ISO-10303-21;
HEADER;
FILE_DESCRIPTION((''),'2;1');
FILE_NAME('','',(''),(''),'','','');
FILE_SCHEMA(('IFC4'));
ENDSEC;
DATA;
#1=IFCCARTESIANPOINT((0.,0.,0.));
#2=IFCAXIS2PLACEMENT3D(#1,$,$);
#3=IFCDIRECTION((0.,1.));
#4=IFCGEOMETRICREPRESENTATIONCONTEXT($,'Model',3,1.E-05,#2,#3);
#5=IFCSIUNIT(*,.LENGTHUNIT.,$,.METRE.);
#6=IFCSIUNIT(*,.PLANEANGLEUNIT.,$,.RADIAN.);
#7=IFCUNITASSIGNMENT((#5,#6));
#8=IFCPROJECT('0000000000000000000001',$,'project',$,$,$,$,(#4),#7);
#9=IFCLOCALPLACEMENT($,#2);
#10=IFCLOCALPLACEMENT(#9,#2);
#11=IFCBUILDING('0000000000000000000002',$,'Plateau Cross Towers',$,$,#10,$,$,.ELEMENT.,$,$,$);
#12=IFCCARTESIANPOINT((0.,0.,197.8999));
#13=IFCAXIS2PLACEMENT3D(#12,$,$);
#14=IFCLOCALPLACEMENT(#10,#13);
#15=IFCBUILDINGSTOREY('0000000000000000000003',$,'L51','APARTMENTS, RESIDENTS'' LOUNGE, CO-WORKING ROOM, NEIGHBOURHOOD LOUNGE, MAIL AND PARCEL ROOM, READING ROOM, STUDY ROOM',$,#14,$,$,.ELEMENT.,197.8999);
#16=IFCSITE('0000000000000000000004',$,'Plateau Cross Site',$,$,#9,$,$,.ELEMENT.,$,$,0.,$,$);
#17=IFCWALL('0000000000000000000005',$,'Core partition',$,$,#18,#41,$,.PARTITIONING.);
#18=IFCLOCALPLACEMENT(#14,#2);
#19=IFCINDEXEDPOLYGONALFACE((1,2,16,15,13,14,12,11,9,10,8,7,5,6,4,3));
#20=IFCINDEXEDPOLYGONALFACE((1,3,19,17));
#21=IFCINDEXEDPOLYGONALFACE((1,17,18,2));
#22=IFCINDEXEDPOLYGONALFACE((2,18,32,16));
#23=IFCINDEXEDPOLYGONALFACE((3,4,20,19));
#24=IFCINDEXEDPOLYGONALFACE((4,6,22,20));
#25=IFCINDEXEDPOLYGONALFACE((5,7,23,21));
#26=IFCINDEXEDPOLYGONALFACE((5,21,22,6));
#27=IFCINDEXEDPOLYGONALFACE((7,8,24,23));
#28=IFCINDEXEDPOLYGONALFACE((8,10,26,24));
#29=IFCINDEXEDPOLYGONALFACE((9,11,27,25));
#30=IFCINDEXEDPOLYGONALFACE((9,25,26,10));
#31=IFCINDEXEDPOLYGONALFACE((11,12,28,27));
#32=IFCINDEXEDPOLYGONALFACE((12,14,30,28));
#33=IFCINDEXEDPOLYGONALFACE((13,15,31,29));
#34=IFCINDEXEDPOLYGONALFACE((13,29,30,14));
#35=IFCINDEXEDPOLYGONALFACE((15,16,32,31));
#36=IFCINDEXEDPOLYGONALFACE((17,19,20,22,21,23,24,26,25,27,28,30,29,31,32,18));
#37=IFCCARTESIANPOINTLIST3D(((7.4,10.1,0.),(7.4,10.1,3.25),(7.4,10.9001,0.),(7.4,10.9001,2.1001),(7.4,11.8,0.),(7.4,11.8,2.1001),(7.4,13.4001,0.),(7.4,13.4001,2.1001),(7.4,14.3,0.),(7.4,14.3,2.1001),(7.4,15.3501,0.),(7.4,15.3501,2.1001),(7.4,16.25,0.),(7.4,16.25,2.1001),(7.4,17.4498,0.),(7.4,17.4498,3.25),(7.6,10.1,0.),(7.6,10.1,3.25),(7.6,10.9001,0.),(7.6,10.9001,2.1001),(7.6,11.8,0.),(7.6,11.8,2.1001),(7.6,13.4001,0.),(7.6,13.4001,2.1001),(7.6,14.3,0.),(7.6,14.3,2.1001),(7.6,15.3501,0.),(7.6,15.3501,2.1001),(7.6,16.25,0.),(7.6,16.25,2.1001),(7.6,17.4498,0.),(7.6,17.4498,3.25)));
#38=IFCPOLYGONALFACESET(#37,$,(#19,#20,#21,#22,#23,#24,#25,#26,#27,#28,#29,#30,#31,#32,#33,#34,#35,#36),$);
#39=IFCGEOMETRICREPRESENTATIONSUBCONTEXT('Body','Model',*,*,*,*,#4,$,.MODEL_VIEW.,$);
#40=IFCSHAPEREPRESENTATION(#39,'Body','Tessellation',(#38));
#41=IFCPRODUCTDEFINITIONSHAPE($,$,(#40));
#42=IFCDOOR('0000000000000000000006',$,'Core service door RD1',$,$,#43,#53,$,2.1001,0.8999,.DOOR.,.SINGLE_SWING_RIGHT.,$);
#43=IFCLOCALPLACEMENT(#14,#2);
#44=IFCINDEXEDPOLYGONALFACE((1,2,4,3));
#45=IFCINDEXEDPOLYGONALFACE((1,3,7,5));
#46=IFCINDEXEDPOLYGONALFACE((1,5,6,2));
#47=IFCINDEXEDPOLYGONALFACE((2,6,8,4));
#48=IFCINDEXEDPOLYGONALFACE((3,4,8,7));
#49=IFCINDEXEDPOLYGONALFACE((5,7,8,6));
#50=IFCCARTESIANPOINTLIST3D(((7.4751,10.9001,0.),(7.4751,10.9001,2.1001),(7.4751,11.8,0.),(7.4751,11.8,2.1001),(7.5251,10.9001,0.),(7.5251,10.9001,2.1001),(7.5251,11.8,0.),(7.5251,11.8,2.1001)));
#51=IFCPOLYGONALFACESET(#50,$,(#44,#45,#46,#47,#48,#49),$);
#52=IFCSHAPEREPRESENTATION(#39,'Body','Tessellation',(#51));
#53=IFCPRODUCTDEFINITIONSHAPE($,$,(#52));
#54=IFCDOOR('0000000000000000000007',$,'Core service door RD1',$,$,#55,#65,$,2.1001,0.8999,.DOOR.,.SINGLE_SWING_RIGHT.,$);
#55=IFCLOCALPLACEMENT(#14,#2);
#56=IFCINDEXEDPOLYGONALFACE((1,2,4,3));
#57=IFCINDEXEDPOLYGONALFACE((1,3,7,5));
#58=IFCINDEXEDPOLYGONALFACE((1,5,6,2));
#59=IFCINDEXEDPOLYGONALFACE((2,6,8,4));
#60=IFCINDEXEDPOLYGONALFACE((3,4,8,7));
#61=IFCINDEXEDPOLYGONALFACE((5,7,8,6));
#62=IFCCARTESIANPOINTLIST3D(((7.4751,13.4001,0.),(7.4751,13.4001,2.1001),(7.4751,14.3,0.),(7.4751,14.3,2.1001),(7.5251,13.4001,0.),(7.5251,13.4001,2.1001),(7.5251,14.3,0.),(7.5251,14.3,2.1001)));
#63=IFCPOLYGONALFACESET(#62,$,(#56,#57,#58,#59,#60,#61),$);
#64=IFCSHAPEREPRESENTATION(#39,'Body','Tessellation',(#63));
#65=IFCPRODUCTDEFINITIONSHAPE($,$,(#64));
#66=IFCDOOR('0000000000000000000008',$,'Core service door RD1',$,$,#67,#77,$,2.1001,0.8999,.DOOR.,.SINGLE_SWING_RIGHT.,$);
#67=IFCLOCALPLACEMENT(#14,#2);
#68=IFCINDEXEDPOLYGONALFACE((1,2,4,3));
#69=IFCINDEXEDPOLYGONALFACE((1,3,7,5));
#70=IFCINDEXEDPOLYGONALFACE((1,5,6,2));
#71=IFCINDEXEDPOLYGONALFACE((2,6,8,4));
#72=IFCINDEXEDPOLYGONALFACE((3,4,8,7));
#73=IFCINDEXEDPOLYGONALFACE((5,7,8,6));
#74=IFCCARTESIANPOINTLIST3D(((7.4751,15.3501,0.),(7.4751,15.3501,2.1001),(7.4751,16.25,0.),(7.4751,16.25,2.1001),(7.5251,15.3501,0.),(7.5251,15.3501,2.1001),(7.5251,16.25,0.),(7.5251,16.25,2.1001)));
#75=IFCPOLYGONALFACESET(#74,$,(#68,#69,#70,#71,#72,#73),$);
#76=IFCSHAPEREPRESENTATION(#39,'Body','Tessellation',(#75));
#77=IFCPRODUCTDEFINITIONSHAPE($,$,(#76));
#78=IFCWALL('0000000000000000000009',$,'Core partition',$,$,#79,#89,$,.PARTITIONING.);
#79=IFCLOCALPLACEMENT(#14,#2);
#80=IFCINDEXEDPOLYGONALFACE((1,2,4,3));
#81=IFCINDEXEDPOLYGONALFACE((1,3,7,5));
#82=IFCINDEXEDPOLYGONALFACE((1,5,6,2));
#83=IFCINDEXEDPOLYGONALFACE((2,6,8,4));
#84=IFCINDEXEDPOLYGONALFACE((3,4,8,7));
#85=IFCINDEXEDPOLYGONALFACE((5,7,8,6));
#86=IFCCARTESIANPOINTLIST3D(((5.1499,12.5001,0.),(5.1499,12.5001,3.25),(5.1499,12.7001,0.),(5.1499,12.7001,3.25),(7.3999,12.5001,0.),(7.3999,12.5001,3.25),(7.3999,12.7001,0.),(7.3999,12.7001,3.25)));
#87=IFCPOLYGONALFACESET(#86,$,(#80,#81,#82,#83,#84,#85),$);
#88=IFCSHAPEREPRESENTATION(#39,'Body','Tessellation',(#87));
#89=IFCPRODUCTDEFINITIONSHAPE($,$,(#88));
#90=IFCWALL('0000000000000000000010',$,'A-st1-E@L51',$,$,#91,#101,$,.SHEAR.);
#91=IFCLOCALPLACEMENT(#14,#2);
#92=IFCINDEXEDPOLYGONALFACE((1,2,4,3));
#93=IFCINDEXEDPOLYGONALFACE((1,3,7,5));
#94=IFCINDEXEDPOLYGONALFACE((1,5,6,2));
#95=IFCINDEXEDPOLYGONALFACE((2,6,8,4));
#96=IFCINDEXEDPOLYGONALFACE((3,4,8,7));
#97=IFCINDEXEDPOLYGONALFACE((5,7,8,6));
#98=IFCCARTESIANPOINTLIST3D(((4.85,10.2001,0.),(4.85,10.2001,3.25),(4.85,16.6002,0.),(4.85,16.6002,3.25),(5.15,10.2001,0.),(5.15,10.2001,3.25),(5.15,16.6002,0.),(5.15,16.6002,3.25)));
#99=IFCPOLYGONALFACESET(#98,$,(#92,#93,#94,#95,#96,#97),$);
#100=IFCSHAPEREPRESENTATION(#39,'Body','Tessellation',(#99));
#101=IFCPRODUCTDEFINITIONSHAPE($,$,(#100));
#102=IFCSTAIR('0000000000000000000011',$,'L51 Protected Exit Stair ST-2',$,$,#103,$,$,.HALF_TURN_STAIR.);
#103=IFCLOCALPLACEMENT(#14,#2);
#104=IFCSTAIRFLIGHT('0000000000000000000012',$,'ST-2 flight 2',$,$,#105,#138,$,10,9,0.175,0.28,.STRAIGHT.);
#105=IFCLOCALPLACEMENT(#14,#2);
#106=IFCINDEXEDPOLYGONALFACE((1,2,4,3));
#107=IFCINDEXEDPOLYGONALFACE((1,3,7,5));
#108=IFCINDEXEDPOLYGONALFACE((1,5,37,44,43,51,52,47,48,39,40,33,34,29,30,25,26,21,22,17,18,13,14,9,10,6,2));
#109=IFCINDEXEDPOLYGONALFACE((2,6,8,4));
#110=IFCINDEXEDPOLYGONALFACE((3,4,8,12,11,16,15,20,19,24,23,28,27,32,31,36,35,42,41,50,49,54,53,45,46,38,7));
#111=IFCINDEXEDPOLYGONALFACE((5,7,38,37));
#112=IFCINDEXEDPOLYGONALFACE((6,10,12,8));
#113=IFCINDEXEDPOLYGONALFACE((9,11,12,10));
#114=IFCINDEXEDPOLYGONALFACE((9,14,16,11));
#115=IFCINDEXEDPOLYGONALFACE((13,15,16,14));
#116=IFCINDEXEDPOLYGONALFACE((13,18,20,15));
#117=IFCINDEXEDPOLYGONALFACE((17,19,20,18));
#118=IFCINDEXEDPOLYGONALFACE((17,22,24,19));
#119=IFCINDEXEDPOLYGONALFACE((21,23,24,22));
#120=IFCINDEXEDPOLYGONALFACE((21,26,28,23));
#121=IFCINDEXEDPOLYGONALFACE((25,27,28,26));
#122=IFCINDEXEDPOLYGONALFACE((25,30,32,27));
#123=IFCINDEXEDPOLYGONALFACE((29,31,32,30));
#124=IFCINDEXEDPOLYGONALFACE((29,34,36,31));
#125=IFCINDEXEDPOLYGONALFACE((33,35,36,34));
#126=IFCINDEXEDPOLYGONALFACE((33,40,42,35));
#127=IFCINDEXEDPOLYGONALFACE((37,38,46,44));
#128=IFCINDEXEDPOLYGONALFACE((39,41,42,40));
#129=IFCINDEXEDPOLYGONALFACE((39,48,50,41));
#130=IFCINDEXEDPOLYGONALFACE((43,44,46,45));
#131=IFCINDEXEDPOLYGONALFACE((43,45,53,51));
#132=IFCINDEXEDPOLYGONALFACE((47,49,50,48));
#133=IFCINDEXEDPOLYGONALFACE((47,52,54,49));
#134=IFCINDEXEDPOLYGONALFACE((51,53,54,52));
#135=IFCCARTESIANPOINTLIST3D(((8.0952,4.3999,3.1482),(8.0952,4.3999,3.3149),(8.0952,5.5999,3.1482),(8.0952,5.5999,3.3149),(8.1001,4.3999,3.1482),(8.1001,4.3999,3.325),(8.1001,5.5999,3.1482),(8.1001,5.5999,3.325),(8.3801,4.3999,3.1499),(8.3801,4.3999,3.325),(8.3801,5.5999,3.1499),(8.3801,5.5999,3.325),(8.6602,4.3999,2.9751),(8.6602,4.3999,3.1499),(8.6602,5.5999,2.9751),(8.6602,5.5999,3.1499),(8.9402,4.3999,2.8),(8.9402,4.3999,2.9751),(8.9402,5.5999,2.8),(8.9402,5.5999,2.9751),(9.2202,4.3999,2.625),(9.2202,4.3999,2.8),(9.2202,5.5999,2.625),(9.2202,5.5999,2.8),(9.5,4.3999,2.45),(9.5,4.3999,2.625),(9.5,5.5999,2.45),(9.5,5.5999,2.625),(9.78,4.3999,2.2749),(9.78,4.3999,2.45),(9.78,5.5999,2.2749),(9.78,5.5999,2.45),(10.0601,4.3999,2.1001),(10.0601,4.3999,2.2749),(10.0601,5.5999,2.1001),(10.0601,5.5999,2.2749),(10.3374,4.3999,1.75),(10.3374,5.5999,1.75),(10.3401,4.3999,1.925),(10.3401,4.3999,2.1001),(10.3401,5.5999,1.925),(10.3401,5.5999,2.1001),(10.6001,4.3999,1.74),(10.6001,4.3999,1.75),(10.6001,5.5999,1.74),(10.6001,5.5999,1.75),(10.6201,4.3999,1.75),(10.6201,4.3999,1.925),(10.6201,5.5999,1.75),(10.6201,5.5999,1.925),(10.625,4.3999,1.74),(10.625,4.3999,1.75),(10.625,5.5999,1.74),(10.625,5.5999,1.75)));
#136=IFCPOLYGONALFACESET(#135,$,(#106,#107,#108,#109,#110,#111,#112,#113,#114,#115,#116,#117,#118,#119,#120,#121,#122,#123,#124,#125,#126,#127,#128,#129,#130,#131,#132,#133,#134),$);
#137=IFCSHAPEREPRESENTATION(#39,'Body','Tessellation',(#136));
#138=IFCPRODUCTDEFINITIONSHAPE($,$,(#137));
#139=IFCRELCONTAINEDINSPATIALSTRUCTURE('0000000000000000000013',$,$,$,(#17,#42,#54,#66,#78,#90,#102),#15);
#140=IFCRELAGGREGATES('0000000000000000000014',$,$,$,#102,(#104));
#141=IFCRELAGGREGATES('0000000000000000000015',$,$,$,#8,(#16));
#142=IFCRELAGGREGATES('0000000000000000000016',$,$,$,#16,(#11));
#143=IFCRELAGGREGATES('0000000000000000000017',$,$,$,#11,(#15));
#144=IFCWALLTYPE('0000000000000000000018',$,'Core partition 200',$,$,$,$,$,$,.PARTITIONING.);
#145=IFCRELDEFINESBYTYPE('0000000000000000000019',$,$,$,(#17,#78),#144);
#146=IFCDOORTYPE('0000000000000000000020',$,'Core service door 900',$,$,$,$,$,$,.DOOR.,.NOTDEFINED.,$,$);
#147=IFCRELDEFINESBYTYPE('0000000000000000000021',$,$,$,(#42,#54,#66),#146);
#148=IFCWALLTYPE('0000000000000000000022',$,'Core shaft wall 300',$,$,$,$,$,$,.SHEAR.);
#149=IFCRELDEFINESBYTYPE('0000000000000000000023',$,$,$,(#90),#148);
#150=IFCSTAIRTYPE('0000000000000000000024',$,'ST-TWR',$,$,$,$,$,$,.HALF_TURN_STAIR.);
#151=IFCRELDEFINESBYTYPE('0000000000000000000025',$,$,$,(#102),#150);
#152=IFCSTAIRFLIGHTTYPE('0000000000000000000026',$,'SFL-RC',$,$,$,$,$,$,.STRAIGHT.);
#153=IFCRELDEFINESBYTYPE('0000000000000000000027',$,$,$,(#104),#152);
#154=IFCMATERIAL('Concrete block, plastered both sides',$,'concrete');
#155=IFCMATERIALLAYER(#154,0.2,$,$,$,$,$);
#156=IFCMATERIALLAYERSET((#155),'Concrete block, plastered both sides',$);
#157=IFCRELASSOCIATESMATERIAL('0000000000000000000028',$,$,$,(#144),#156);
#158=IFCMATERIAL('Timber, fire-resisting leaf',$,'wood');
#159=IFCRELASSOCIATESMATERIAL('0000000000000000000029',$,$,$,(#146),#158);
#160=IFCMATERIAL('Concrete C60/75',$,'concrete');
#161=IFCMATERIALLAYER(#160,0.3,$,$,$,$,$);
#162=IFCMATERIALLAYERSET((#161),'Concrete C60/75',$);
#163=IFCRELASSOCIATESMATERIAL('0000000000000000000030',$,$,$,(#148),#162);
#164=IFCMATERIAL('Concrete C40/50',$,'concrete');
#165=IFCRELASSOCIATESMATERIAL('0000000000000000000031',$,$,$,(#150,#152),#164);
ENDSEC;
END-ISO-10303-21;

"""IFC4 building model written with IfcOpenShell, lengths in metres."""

from ifc_helpers import new_model, si_unit, direction, frame, frame_2d, origin, place, context, subcontext, project, spatial, polyline, rectangle, outline, extrude, material, layer, layer_set, type_object, element, fill, aggregate, save


model = new_model("IFC4")

# Units and contexts
model_context = context("Model", 3, precision=1e-05, world=origin(), true_north=direction((0.0, 1.0)))
body_context = subcontext(model_context, "Body", "Model", "MODEL_VIEW")
ifc_project = project(units=[si_unit("LENGTHUNIT", "METRE"), si_unit("PLANEANGLEUNIT", "RADIAN")], contexts=[model_context])

# Site, building, storey
site_placement = place(None, origin())
site = spatial("IfcSite", under=ifc_project, at=site_placement, Name="Plateau Cross Site", CompositionType="ELEMENT", RefElevation=0.0)
building_placement = place(site_placement, origin())
building = spatial("IfcBuilding", under=site, at=building_placement, Name="Plateau Cross Towers", CompositionType="ELEMENT")
storey_placement = place(building_placement, frame((0.0, 0.0, 197.8999)))
storey = spatial("IfcBuildingStorey", under=building, at=storey_placement, Name="L51", Description="APARTMENTS, RESIDENTS' LOUNGE, CO-WORKING ROOM, NEIGHBOURHOOD LOUNGE, MAIL AND PARCEL ROOM, READING ROOM, STUDY ROOM", CompositionType="ELEMENT", Elevation=197.8999)

# Shared definitions
ifc_material_1 = material(Name="Concrete block, plastered both sides", Category="concrete")
ifc_layer_1 = layer(ifc_material_1, 0.2)
ifc_layer_set_1 = layer_set([ifc_layer_1], Name="Concrete block, plastered both sides")
wall_type_1 = type_object("IfcWallType", Name="Core partition 200", PredefinedType="PARTITIONING", material=ifc_layer_set_1)

# Wall, openings, doors
ifc_material_2 = material(Name="Timber, fire-resisting leaf", Category="wood")
door_type_1 = type_object("IfcDoorType", Name="Core service door 900", OperationType="NOTDEFINED", PredefinedType="DOOR", material=ifc_material_2)
wall_1_placement = place(storey_placement, frame((7.5, 10.1001, 0.0), z_axis=(0.0, 0.0, 1.0), x_axis=(0.0, 1.0, 0.0)))
wall_1 = element("IfcWall", 1, at=wall_1_placement, inside=storey, type_object=wall_type_1, Name="Core partition", PredefinedType="PARTITIONING", context=body_context, shape_type="SweptSolid", body=[
    extrude(rectangle(XDim=7.3499, YDim=0.2, at=frame_2d((3.6748, 0.0))), origin(), (0.0, 0.0, 1.0), 3.25),
])
opening_1_placement = place(wall_1_placement, frame((0.8, 0.0, 0.0)))
opening_1 = element("IfcOpeningElement", 2, at=opening_1_placement, cuts=wall_1, PredefinedType="OPENING", context=body_context, shape_type="SweptSolid", body=[
    extrude(rectangle(XDim=0.8999, YDim=2.1001, at=frame_2d((0.45, 1.05))), frame((0.0, 0.1099, 0.0), z_axis=(0.0, -1.0, 0.0), x_axis=(1.0, 0.0, 0.0)), (0.0, 0.0, 1.0), 0.22),
])
opening_2_placement = place(wall_1_placement, frame((3.3, 0.0, 0.0)))
opening_2 = element("IfcOpeningElement", 3, at=opening_2_placement, cuts=wall_1, PredefinedType="OPENING", context=body_context, shape_type="SweptSolid", body=[
    extrude(rectangle(XDim=0.8999, YDim=2.1001, at=frame_2d((0.45, 1.05))), frame((0.0, 0.1099, 0.0), z_axis=(0.0, -1.0, 0.0), x_axis=(1.0, 0.0, 0.0)), (0.0, 0.0, 1.0), 0.22),
])
opening_3_placement = place(wall_1_placement, frame((5.25, 0.0, 0.0)))
opening_3 = element("IfcOpeningElement", 4, at=opening_3_placement, cuts=wall_1, PredefinedType="OPENING", context=body_context, shape_type="SweptSolid", body=[
    extrude(rectangle(XDim=0.8999, YDim=2.1001, at=frame_2d((0.45, 1.05))), frame((0.0, 0.1099, 0.0), z_axis=(0.0, -1.0, 0.0), x_axis=(1.0, 0.0, 0.0)), (0.0, 0.0, 1.0), 0.22),
])
door_1_placement = place(opening_1_placement, origin())
door_1 = element("IfcDoor", 5, at=door_1_placement, inside=storey, type_object=door_type_1, Name="Core service door RD1", OperationType="SINGLE_SWING_RIGHT", OverallHeight=2.1001, OverallWidth=0.8999, PredefinedType="DOOR", context=body_context, shape_type="SweptSolid", body=[
    extrude(rectangle(XDim=0.8999, YDim=2.1001, at=frame_2d((0.45, 1.05))), frame((0.0, 0.0249, 0.0), z_axis=(0.0, -1.0, 0.0), x_axis=(1.0, 0.0, 0.0)), (0.0, 0.0, 1.0), 0.05),
])
fill(opening_1, door_1)
door_2_placement = place(opening_2_placement, origin())
door_2 = element("IfcDoor", 6, at=door_2_placement, inside=storey, type_object=door_type_1, Name="Core service door RD1", OperationType="SINGLE_SWING_RIGHT", OverallHeight=2.1001, OverallWidth=0.8999, PredefinedType="DOOR", context=body_context, shape_type="SweptSolid", body=[
    extrude(rectangle(XDim=0.8999, YDim=2.1001, at=frame_2d((0.45, 1.05))), frame((0.0, 0.0249, 0.0), z_axis=(0.0, -1.0, 0.0), x_axis=(1.0, 0.0, 0.0)), (0.0, 0.0, 1.0), 0.05),
])
fill(opening_2, door_2)
door_3_placement = place(opening_3_placement, origin())
door_3 = element("IfcDoor", 7, at=door_3_placement, inside=storey, type_object=door_type_1, Name="Core service door RD1", OperationType="SINGLE_SWING_RIGHT", OverallHeight=2.1001, OverallWidth=0.8999, PredefinedType="DOOR", context=body_context, shape_type="SweptSolid", body=[
    extrude(rectangle(XDim=0.8999, YDim=2.1001, at=frame_2d((0.45, 1.05))), frame((0.0, 0.0249, 0.0), z_axis=(0.0, -1.0, 0.0), x_axis=(1.0, 0.0, 0.0)), (0.0, 0.0, 1.0), 0.05),
])
fill(opening_3, door_3)

# Walls
wall_2_placement = place(storey_placement, frame((5.1499, 12.6001, 0.0), z_axis=(0.0, 0.0, 1.0), x_axis=(1.0, 0.0, 0.0)))
element("IfcWall", 8, at=wall_2_placement, inside=storey, type_object=wall_type_1, Name="Core partition", PredefinedType="PARTITIONING", context=body_context, shape_type="SweptSolid", body=[
    extrude(rectangle(XDim=2.25, YDim=0.2, at=frame_2d((1.125, 0.0))), origin(), (0.0, 0.0, 1.0), 3.25),
])
ifc_material_3 = material(Name="Concrete C60/75", Category="concrete")
ifc_layer_2 = layer(ifc_material_3, 0.3)
ifc_layer_set_2 = layer_set([ifc_layer_2], Name="Concrete C60/75")
wall_type_2 = type_object("IfcWallType", Name="Core shaft wall 300", PredefinedType="SHEAR", material=ifc_layer_set_2)
wall_3_placement = place(storey_placement, frame((5.0, 10.2, 0.0), z_axis=(0.0, 0.0, 1.0), x_axis=(0.0, 1.0, 0.0)))
element("IfcWall", 9, at=wall_3_placement, inside=storey, type_object=wall_type_2, Name="A-st1-E@L51", PredefinedType="SHEAR", context=body_context, shape_type="SweptSolid", body=[
    extrude(rectangle(XDim=6.4001, YDim=0.3, at=frame_2d((3.2002, 0.0))), origin(), (0.0, 0.0, 1.0), 3.25),
])

# Stair, stair flight
ifc_material_4 = material(Name="Concrete C40/50", Category="concrete")
stair_type = type_object("IfcStairType", Name="ST-TWR", PredefinedType="HALF_TURN_STAIR", material=ifc_material_4)
stair_placement = place(storey_placement, origin())
stair = element("IfcStair", 10, at=stair_placement, inside=storey, type_object=stair_type, Name="L51 Protected Exit Stair ST-2", PredefinedType="HALF_TURN_STAIR")
stair_flight_type = type_object("IfcStairFlightType", Name="SFL-RC", PredefinedType="STRAIGHT", material=ifc_material_4)
stair_flight_placement = place(storey_placement, frame((10.6201, 5.0, 1.75), z_axis=(0.0, 0.0, 1.0), x_axis=(-1.0, 0.0, 0.0)))
stair_flight = element("IfcStairFlight", 11, at=stair_flight_placement, type_object=stair_flight_type, Name="ST-2 flight 2", NumberOfRisers=10, NumberOfTreads=9, PredefinedType="STRAIGHT", RiserHeight=0.175, TreadLength=0.28, context=body_context, shape_type="SweptSolid", body=[
    extrude(outline(polyline([(-0.0049, -0.01), (-0.0049, 0.0), (0.0, 0.0), (0.0, 0.175), (0.28, 0.175), (0.28, 0.3501), (0.5601, 0.3501), (0.5601, 0.5249), (0.8401, 0.5249), (0.8401, 0.7), (1.1201, 0.7), (1.1201, 0.875), (1.3999, 0.875), (1.3999, 1.05), (1.6799, 1.05), (1.6799, 1.2251), (1.96, 1.2251), (1.96, 1.3999), (2.24, 1.3999), (2.24, 1.575), (2.52, 1.575), (2.5249, 1.5649), (2.5249, 1.3982), (2.52, 1.3982), (0.2827, 0.0), (0.02, 0.0), (0.02, -0.01), (-0.0049, -0.01)])), frame((0.0, 0.6001, 0.0), z_axis=(0.0, -1.0, 0.0), x_axis=(1.0, 0.0, 0.0)), (0.0, 0.0, 1.0), 1.2),
])
aggregate(stair, [stair_flight])

save(model, "model.ifc")
